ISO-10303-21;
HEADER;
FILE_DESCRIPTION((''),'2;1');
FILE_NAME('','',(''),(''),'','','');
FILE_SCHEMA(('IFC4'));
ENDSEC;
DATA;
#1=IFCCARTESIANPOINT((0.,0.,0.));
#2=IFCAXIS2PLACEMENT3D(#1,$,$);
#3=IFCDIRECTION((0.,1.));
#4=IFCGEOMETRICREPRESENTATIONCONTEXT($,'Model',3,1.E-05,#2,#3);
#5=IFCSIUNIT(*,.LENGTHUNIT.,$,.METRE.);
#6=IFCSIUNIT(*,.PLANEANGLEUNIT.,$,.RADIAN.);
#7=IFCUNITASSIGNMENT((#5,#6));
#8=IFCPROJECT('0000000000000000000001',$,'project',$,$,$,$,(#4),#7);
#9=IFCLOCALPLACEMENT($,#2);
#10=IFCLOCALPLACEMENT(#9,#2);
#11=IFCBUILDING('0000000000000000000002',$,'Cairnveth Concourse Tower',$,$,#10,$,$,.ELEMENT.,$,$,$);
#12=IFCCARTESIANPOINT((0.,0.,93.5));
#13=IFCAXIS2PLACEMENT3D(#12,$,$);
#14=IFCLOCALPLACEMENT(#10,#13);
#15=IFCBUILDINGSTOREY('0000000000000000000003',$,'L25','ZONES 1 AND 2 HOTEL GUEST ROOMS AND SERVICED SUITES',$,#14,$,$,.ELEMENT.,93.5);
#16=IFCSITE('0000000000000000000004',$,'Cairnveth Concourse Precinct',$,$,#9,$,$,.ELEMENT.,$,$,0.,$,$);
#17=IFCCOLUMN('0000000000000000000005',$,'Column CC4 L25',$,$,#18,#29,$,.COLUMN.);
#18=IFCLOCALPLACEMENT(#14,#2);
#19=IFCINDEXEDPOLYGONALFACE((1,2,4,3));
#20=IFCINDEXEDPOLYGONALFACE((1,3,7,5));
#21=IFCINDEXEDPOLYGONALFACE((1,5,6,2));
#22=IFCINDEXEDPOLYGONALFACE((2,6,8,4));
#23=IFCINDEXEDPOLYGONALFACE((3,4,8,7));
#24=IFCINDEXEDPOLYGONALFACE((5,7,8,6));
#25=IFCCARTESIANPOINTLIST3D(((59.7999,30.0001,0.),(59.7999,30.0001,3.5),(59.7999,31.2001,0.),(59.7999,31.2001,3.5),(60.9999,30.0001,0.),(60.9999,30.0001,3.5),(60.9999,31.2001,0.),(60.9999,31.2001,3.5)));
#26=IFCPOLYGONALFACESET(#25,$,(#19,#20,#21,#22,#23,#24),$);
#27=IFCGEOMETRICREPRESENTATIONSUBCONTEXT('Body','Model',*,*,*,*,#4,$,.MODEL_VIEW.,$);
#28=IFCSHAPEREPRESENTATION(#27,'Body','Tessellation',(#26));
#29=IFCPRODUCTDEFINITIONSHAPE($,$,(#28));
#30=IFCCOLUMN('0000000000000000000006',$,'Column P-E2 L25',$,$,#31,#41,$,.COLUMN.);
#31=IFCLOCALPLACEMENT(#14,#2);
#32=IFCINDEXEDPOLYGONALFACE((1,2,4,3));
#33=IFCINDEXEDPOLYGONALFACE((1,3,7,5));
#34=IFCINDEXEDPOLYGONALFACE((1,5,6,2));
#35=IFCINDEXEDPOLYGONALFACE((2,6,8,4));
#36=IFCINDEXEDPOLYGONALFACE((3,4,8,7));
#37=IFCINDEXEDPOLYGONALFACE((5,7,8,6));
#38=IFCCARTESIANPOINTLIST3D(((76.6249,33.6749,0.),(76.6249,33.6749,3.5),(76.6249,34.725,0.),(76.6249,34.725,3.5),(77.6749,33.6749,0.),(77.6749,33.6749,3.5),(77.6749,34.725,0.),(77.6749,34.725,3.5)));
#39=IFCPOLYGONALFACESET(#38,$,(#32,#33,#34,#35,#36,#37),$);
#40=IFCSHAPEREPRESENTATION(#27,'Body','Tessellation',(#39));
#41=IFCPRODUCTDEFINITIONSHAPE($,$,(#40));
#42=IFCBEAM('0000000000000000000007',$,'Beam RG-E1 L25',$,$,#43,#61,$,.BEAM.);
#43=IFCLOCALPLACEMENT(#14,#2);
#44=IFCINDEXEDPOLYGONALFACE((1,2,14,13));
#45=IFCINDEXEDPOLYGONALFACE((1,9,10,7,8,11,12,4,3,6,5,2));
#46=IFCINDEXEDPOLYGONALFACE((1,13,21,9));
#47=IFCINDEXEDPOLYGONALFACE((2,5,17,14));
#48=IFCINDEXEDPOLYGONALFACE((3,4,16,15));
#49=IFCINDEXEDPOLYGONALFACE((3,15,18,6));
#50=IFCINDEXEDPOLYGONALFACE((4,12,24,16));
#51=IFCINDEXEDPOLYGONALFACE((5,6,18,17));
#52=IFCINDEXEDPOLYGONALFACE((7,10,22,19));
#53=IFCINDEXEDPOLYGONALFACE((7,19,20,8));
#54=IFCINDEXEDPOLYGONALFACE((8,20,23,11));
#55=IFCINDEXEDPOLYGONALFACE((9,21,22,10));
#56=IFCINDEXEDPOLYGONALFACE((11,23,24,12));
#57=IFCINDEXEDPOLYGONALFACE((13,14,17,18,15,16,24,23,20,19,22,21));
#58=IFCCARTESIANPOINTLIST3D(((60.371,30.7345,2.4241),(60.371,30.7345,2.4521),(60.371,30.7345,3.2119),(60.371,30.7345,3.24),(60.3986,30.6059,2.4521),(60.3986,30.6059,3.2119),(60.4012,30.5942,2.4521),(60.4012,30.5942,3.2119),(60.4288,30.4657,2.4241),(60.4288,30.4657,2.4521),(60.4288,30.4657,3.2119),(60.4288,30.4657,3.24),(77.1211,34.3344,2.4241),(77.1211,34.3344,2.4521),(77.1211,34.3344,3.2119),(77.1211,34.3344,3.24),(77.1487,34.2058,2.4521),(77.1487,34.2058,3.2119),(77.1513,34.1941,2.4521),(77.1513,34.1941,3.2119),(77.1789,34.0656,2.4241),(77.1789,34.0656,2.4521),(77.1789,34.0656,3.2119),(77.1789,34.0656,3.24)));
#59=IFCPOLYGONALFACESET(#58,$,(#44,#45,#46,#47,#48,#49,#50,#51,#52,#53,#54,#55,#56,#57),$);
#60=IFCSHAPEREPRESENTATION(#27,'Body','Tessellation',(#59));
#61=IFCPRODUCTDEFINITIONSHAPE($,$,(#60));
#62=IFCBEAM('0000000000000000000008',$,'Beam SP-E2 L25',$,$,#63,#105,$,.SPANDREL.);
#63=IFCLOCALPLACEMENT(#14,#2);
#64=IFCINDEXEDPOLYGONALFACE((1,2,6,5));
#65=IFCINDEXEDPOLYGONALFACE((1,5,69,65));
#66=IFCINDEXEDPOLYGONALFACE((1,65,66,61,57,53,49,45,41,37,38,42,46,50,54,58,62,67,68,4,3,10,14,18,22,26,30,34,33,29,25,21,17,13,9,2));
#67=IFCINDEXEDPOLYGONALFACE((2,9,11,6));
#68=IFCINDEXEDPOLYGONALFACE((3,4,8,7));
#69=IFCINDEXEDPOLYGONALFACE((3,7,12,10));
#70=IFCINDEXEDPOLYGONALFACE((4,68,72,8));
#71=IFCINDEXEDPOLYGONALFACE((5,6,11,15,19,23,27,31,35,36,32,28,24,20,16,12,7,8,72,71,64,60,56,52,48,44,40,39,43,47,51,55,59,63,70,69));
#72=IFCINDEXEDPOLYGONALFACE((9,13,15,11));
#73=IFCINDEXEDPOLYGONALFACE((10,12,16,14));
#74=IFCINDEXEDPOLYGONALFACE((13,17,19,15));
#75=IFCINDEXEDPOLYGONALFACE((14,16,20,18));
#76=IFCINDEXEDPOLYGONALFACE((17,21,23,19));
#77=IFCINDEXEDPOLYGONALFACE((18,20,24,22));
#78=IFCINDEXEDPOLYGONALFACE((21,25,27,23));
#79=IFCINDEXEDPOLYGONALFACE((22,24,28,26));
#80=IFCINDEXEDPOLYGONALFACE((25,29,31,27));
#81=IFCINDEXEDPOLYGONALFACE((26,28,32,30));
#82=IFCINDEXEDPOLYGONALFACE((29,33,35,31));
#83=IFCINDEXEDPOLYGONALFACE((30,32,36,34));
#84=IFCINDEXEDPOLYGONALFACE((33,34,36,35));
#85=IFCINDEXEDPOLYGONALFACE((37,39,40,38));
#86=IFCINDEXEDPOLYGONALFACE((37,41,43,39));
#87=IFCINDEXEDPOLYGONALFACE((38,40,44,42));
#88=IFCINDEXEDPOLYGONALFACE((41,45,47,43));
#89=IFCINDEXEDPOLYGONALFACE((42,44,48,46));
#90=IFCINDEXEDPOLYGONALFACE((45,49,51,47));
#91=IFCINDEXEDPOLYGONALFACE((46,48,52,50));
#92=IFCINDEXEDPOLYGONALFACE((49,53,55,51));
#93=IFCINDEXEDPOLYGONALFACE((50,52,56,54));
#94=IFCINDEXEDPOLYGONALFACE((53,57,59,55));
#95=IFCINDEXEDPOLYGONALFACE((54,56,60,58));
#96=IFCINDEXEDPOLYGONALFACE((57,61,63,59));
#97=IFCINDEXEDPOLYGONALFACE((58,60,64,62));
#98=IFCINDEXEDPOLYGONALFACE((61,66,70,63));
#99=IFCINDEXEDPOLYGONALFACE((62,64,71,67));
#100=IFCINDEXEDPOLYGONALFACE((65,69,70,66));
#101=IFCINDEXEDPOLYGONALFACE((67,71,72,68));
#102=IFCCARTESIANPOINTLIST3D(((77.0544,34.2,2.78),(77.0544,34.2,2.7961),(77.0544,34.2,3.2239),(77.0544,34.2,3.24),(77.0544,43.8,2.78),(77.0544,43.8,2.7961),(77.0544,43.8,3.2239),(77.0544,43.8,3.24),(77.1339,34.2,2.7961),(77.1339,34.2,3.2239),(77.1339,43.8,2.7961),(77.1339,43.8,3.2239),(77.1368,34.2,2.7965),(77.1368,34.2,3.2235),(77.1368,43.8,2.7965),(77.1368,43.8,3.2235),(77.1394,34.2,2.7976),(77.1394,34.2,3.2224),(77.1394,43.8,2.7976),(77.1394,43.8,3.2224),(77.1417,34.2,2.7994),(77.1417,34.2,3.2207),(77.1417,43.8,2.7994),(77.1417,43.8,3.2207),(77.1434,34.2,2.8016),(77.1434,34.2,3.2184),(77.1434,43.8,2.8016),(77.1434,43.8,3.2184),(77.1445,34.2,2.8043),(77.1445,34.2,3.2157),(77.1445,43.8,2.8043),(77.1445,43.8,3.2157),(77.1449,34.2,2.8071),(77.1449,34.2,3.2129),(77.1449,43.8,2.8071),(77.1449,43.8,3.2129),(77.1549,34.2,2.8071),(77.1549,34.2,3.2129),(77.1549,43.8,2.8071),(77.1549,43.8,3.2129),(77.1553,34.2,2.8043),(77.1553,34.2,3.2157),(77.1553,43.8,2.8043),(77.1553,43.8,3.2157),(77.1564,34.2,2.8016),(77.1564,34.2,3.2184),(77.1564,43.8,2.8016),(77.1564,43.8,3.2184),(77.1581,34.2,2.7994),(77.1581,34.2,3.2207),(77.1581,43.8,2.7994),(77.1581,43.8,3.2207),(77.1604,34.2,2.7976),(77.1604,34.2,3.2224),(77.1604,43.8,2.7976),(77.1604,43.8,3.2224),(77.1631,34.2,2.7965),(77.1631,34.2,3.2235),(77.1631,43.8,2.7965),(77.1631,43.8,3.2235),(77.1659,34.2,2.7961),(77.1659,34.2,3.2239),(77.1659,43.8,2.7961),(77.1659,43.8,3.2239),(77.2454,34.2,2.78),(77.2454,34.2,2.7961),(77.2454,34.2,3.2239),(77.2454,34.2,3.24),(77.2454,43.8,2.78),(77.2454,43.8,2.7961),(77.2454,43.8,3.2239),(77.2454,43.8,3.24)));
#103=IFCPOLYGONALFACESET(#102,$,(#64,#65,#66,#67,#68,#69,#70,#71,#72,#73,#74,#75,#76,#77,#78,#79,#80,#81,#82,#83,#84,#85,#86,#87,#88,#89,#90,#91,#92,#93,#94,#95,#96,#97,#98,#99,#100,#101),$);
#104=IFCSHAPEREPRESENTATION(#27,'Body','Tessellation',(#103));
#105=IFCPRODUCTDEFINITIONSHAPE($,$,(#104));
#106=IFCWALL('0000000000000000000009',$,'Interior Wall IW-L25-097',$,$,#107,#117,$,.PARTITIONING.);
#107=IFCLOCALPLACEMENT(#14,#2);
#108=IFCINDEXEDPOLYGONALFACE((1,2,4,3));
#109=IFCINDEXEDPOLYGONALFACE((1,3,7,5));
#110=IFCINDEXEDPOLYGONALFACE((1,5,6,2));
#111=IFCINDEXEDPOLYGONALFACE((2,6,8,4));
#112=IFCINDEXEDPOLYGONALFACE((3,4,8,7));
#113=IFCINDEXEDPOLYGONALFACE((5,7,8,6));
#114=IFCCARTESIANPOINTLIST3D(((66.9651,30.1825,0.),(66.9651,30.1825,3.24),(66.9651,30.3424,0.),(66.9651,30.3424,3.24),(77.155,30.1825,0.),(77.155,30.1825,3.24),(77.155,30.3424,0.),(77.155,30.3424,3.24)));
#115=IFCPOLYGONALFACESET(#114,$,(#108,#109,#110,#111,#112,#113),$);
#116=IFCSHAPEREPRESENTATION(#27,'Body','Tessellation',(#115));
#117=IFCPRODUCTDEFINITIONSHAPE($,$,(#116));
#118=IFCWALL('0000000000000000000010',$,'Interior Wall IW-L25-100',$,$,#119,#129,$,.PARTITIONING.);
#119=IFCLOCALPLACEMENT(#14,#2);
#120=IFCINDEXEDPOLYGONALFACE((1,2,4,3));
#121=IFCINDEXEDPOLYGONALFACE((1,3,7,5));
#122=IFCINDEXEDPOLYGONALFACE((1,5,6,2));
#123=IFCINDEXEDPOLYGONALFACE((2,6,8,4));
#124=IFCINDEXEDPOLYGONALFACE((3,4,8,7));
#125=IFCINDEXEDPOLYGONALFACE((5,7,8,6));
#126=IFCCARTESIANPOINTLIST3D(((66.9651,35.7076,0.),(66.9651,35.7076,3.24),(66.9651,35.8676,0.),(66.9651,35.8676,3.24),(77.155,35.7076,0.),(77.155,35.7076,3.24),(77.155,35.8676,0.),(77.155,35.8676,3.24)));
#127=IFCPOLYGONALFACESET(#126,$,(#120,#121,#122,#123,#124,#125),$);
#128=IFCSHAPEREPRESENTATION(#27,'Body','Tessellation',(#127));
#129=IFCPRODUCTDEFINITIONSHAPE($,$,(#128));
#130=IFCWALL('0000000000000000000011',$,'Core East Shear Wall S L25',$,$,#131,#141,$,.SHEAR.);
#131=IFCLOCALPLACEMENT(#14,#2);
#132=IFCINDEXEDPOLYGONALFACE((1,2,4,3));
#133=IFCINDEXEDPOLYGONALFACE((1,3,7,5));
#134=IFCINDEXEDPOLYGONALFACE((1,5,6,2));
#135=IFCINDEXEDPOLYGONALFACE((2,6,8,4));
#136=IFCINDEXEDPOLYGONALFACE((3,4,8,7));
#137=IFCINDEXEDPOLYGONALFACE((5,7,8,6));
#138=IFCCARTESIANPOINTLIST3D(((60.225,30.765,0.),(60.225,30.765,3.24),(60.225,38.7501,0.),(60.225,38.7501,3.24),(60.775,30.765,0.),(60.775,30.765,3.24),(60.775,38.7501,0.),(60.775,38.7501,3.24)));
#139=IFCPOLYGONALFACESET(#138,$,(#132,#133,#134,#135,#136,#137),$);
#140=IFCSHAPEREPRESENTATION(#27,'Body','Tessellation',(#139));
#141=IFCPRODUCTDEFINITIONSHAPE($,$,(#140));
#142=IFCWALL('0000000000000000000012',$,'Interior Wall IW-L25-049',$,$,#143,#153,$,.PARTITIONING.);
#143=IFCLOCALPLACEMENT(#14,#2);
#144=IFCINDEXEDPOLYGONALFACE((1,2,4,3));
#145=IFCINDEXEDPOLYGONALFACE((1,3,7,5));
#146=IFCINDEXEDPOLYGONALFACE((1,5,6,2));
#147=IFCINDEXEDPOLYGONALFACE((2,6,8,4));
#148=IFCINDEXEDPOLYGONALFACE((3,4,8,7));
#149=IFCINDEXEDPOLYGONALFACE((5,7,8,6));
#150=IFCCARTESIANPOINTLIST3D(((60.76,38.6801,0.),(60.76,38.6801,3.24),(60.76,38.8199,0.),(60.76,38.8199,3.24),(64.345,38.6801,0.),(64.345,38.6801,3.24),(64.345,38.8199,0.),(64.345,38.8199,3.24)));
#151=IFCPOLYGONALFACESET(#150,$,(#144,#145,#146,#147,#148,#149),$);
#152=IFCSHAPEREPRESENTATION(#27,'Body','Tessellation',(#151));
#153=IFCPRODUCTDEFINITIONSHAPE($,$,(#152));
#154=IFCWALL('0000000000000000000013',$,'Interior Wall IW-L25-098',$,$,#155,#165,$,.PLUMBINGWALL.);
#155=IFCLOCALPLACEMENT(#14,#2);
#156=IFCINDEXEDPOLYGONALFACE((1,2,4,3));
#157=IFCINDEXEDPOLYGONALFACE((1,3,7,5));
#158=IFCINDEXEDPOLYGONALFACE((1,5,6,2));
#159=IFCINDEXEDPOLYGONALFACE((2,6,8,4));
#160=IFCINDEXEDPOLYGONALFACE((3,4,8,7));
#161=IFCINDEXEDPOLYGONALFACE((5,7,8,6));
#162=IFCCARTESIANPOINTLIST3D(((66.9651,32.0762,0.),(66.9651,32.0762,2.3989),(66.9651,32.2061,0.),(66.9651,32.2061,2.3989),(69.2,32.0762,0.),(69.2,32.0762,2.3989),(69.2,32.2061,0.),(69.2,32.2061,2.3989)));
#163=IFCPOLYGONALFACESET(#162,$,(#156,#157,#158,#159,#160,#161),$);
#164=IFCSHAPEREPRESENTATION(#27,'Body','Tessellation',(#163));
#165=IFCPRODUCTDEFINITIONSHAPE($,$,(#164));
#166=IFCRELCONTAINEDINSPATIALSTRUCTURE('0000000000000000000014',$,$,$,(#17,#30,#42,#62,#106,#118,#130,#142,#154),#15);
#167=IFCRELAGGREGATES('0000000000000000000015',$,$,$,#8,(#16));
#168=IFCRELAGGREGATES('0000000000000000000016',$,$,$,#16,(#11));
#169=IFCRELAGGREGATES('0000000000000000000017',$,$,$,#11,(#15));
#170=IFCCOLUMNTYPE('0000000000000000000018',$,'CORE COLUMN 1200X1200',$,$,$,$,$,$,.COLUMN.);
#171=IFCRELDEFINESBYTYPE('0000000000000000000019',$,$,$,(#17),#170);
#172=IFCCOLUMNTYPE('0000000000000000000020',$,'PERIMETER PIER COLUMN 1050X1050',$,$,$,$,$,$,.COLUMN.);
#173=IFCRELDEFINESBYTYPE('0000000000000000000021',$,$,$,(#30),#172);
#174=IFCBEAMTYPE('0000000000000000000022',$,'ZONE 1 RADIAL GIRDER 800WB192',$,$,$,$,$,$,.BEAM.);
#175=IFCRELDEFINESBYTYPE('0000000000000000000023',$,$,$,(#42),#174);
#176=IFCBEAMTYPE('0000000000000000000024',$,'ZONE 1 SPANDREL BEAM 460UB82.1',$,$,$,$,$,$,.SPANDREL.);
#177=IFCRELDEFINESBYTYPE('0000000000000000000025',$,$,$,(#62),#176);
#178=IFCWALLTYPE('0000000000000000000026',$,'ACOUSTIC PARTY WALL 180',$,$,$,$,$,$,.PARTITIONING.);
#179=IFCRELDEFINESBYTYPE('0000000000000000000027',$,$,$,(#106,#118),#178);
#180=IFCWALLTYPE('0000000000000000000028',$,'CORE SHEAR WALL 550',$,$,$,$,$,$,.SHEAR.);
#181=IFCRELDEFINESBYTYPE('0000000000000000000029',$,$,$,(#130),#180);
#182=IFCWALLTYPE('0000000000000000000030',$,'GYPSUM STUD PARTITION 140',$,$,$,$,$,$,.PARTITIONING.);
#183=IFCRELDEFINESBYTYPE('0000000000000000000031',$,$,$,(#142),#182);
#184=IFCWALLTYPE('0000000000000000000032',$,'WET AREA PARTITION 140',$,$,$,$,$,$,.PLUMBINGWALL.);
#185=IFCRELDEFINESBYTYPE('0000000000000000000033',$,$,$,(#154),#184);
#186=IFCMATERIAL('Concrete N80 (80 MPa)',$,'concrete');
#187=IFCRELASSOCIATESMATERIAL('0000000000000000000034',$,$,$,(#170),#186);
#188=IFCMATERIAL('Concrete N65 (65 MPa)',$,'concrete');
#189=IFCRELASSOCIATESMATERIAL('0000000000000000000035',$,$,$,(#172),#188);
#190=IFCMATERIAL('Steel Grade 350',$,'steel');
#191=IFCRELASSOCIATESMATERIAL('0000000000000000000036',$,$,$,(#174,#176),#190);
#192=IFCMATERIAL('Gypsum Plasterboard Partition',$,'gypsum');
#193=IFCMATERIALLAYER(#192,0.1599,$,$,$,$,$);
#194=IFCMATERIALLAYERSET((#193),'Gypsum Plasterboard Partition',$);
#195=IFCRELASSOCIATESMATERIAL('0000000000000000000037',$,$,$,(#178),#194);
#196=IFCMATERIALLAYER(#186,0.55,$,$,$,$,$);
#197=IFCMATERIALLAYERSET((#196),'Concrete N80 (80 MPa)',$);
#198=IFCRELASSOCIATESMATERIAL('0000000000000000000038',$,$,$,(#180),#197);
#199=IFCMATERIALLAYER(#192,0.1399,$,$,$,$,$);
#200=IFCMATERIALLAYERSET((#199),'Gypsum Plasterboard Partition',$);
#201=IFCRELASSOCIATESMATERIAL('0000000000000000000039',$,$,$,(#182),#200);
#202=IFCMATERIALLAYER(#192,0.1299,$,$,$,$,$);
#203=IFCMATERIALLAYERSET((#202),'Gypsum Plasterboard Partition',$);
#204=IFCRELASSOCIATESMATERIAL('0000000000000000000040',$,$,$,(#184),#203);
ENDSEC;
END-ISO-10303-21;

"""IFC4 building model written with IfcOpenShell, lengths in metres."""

from ifc_helpers import new_model, si_unit, direction, frame, frame_2d, origin, origin_2d, place, context, subcontext, project, spatial, rectangle, i_section, extrude, material, layer, layer_set, material_profile, profile_set, type_object, element, save


model = new_model("IFC4")

# Units and contexts
model_context = context("Model", 3, precision=1e-05, world=origin(), true_north=direction((0.0, 1.0)))
body_context = subcontext(model_context, "Body", "Model", "MODEL_VIEW")
ifc_project = project(units=[si_unit("LENGTHUNIT", "METRE"), si_unit("PLANEANGLEUNIT", "RADIAN")], contexts=[model_context])

# Site, building, storey
site_placement = place(None, origin())
site = spatial("IfcSite", under=ifc_project, at=site_placement, Name="Cairnveth Concourse Precinct", CompositionType="ELEMENT", RefElevation=0.0)
building_placement = place(site_placement, origin())
building = spatial("IfcBuilding", under=site, at=building_placement, Name="Cairnveth Concourse Tower", CompositionType="ELEMENT")
storey_placement = place(building_placement, frame((0.0, 0.0, 93.5)))
storey = spatial("IfcBuildingStorey", under=building, at=storey_placement, Name="L25", Description="ZONES 1 AND 2 HOTEL GUEST ROOMS AND SERVICED SUITES", CompositionType="ELEMENT", Elevation=93.5)

# Columns
ifc_material_1 = material(Name="Concrete N80 (80 MPa)", Category="concrete")
ifc_material_profile_1 = material_profile(ifc_material_1, rectangle(XDim=1.2, YDim=1.2, at=origin_2d()), Name="RC-COL-1200x1200")
ifc_profile_set_1 = profile_set([ifc_material_profile_1], Name="Concrete N80 (80 MPa)")
column_type_1 = type_object("IfcColumnType", Name="CORE COLUMN 1200X1200", PredefinedType="COLUMN", material=ifc_profile_set_1)
column_1_placement = place(storey_placement, frame((60.3999, 30.6001, 0.0), z_axis=(0.0, 0.0, 1.0), x_axis=(1.0, 0.0, 0.0)))
element("IfcColumn", 1, at=column_1_placement, inside=storey, type_object=column_type_1, Name="Column CC4 L25", PredefinedType="COLUMN", context=body_context, shape_type="SweptSolid", body=[
    extrude(rectangle(XDim=1.2, YDim=1.2, at=origin_2d()), origin(), (0.0, 0.0, 1.0), 3.5),
])
ifc_material_2 = material(Name="Concrete N65 (65 MPa)", Category="concrete")
ifc_material_profile_2 = material_profile(ifc_material_2, rectangle(XDim=1.05, YDim=1.05, at=origin_2d()), Name="RC-COL-1050x1050")
ifc_profile_set_2 = profile_set([ifc_material_profile_2], Name="Concrete N65 (65 MPa)")
column_type_2 = type_object("IfcColumnType", Name="PERIMETER PIER COLUMN 1050X1050", PredefinedType="COLUMN", material=ifc_profile_set_2)
column_2_placement = place(storey_placement, frame((77.1499, 34.2, 0.0), z_axis=(0.0, 0.0, 1.0), x_axis=(0.0, 1.0, 0.0)))
element("IfcColumn", 2, at=column_2_placement, inside=storey, type_object=column_type_2, Name="Column P-E2 L25", PredefinedType="COLUMN", context=body_context, shape_type="SweptSolid", body=[
    extrude(rectangle(XDim=1.05, YDim=1.05, at=origin_2d()), origin(), (0.0, 0.0, 1.0), 3.5),
])

# Beams
ifc_material_3 = material(Name="Steel Grade 350", Category="steel")
ifc_material_profile_3 = material_profile(ifc_material_3, i_section(OverallWidth=0.2749, OverallDepth=0.8159, WebThickness=0.012, FlangeThickness=0.0281, at=origin_2d()), Name="800WB192")
ifc_profile_set_3 = profile_set([ifc_material_profile_3], Name="Steel Grade 350")
beam_type_1 = type_object("IfcBeamType", Name="ZONE 1 RADIAL GIRDER 800WB192", PredefinedType="BEAM", material=ifc_profile_set_3)
beam_1_placement = place(storey_placement, frame((60.3999, 30.6001, 2.832), z_axis=(0.977676, 0.210119, 0.0), x_axis=(-0.210119, 0.977676, 0.0)))
element("IfcBeam", 3, at=beam_1_placement, inside=storey, type_object=beam_type_1, Name="Beam RG-E1 L25", PredefinedType="BEAM", context=body_context, shape_type="SweptSolid", body=[
    extrude(i_section(OverallWidth=0.2749, OverallDepth=0.8159, WebThickness=0.012, FlangeThickness=0.0281, at=origin_2d()), origin(), (0.0, 0.0, 1.0), 17.1326),
])
ifc_material_profile_4 = material_profile(ifc_material_3, i_section(OverallWidth=0.1909, OverallDepth=0.46, WebThickness=0.01, FlangeThickness=0.0161, FilletRadius=0.011, at=origin_2d()), Name="460UB82.1")
ifc_profile_set_4 = profile_set([ifc_material_profile_4], Name="Steel Grade 350")
beam_type_2 = type_object("IfcBeamType", Name="ZONE 1 SPANDREL BEAM 460UB82.1", PredefinedType="SPANDREL", material=ifc_profile_set_4)
beam_2_placement = place(storey_placement, frame((77.1499, 34.2, 3.01), z_axis=(0.0, 1.0, 0.0), x_axis=(-1.0, 0.0, 0.0)))
element("IfcBeam", 4, at=beam_2_placement, inside=storey, type_object=beam_type_2, Name="Beam SP-E2 L25", PredefinedType="SPANDREL", context=body_context, shape_type="SweptSolid", body=[
    extrude(i_section(OverallWidth=0.1909, OverallDepth=0.46, WebThickness=0.01, FlangeThickness=0.0161, FilletRadius=0.011, at=origin_2d()), origin(), (0.0, 0.0, 1.0), 9.6001),
])

# Walls
ifc_material_4 = material(Name="Gypsum Plasterboard Partition", Category="gypsum")
ifc_layer_1 = layer(ifc_material_4, 0.1599)
ifc_layer_set_1 = layer_set([ifc_layer_1], Name="Gypsum Plasterboard Partition")
wall_type_1 = type_object("IfcWallType", Name="ACOUSTIC PARTY WALL 180", PredefinedType="PARTITIONING", material=ifc_layer_set_1)
for number, where, z_axis, x_axis, name in (
    (5, (66.9651, 30.2625, 0.0), (0.0, 0.0, 1.0), (1.0, 0.0, 0.0), "Interior Wall IW-L25-097"),
    (6, (66.9651, 35.7876, 0.0), (0.0, 0.0, 1.0), (1.0, 0.0, 0.0), "Interior Wall IW-L25-100"),
):
    element("IfcWall", number, at=place(storey_placement, frame(where, z_axis=z_axis, x_axis=x_axis)), inside=storey, type_object=wall_type_1, Name=name, PredefinedType="PARTITIONING", context=body_context, shape_type="SweptSolid", body=[
        extrude(rectangle(XDim=10.1899, YDim=0.1599, at=frame_2d((5.095, 0.0))), origin(), (0.0, 0.0, 1.0), 3.24),
    ])
ifc_layer_2 = layer(ifc_material_1, 0.55)
ifc_layer_set_2 = layer_set([ifc_layer_2], Name="Concrete N80 (80 MPa)")
wall_type_2 = type_object("IfcWallType", Name="CORE SHEAR WALL 550", PredefinedType="SHEAR", material=ifc_layer_set_2)
wall_1_placement = place(storey_placement, frame((60.5, 30.7649, 0.0), z_axis=(0.0, 0.0, 1.0), x_axis=(0.0, 1.0, 0.0)))
element("IfcWall", 7, at=wall_1_placement, inside=storey, type_object=wall_type_2, Name="Core East Shear Wall S L25", PredefinedType="SHEAR", context=body_context, shape_type="SweptSolid", body=[
    extrude(rectangle(XDim=7.9851, YDim=0.55, at=frame_2d((3.9927, 0.0))), origin(), (0.0, 0.0, 1.0), 3.24),
])

# Walls
ifc_layer_3 = layer(ifc_material_4, 0.1399)
ifc_layer_set_3 = layer_set([ifc_layer_3], Name="Gypsum Plasterboard Partition")
wall_type_3 = type_object("IfcWallType", Name="GYPSUM STUD PARTITION 140", PredefinedType="PARTITIONING", material=ifc_layer_set_3)
wall_2_placement = place(storey_placement, frame((60.76, 38.75, 0.0), z_axis=(0.0, 0.0, 1.0), x_axis=(1.0, 0.0, 0.0)))
element("IfcWall", 8, at=wall_2_placement, inside=storey, type_object=wall_type_3, Name="Interior Wall IW-L25-049", PredefinedType="PARTITIONING", context=body_context, shape_type="SweptSolid", body=[
    extrude(rectangle(XDim=3.585, YDim=0.1399, at=frame_2d((1.7925, 0.0))), origin(), (0.0, 0.0, 1.0), 3.24),
])
ifc_layer_4 = layer(ifc_material_4, 0.1299)
ifc_layer_set_4 = layer_set([ifc_layer_4], Name="Gypsum Plasterboard Partition")
wall_type_4 = type_object("IfcWallType", Name="WET AREA PARTITION 140", PredefinedType="PLUMBINGWALL", material=ifc_layer_set_4)
wall_3_placement = place(storey_placement, frame((66.9651, 32.1411, 0.0), z_axis=(0.0, 0.0, 1.0), x_axis=(1.0, 0.0, 0.0)))
element("IfcWall", 9, at=wall_3_placement, inside=storey, type_object=wall_type_4, Name="Interior Wall IW-L25-098", PredefinedType="PLUMBINGWALL", context=body_context, shape_type="SweptSolid", body=[
    extrude(rectangle(XDim=2.2349, YDim=0.1299, at=frame_2d((1.1174, 0.0))), origin(), (0.0, 0.0, 1.0), 2.3989),
])

save(model, "model.ifc")
